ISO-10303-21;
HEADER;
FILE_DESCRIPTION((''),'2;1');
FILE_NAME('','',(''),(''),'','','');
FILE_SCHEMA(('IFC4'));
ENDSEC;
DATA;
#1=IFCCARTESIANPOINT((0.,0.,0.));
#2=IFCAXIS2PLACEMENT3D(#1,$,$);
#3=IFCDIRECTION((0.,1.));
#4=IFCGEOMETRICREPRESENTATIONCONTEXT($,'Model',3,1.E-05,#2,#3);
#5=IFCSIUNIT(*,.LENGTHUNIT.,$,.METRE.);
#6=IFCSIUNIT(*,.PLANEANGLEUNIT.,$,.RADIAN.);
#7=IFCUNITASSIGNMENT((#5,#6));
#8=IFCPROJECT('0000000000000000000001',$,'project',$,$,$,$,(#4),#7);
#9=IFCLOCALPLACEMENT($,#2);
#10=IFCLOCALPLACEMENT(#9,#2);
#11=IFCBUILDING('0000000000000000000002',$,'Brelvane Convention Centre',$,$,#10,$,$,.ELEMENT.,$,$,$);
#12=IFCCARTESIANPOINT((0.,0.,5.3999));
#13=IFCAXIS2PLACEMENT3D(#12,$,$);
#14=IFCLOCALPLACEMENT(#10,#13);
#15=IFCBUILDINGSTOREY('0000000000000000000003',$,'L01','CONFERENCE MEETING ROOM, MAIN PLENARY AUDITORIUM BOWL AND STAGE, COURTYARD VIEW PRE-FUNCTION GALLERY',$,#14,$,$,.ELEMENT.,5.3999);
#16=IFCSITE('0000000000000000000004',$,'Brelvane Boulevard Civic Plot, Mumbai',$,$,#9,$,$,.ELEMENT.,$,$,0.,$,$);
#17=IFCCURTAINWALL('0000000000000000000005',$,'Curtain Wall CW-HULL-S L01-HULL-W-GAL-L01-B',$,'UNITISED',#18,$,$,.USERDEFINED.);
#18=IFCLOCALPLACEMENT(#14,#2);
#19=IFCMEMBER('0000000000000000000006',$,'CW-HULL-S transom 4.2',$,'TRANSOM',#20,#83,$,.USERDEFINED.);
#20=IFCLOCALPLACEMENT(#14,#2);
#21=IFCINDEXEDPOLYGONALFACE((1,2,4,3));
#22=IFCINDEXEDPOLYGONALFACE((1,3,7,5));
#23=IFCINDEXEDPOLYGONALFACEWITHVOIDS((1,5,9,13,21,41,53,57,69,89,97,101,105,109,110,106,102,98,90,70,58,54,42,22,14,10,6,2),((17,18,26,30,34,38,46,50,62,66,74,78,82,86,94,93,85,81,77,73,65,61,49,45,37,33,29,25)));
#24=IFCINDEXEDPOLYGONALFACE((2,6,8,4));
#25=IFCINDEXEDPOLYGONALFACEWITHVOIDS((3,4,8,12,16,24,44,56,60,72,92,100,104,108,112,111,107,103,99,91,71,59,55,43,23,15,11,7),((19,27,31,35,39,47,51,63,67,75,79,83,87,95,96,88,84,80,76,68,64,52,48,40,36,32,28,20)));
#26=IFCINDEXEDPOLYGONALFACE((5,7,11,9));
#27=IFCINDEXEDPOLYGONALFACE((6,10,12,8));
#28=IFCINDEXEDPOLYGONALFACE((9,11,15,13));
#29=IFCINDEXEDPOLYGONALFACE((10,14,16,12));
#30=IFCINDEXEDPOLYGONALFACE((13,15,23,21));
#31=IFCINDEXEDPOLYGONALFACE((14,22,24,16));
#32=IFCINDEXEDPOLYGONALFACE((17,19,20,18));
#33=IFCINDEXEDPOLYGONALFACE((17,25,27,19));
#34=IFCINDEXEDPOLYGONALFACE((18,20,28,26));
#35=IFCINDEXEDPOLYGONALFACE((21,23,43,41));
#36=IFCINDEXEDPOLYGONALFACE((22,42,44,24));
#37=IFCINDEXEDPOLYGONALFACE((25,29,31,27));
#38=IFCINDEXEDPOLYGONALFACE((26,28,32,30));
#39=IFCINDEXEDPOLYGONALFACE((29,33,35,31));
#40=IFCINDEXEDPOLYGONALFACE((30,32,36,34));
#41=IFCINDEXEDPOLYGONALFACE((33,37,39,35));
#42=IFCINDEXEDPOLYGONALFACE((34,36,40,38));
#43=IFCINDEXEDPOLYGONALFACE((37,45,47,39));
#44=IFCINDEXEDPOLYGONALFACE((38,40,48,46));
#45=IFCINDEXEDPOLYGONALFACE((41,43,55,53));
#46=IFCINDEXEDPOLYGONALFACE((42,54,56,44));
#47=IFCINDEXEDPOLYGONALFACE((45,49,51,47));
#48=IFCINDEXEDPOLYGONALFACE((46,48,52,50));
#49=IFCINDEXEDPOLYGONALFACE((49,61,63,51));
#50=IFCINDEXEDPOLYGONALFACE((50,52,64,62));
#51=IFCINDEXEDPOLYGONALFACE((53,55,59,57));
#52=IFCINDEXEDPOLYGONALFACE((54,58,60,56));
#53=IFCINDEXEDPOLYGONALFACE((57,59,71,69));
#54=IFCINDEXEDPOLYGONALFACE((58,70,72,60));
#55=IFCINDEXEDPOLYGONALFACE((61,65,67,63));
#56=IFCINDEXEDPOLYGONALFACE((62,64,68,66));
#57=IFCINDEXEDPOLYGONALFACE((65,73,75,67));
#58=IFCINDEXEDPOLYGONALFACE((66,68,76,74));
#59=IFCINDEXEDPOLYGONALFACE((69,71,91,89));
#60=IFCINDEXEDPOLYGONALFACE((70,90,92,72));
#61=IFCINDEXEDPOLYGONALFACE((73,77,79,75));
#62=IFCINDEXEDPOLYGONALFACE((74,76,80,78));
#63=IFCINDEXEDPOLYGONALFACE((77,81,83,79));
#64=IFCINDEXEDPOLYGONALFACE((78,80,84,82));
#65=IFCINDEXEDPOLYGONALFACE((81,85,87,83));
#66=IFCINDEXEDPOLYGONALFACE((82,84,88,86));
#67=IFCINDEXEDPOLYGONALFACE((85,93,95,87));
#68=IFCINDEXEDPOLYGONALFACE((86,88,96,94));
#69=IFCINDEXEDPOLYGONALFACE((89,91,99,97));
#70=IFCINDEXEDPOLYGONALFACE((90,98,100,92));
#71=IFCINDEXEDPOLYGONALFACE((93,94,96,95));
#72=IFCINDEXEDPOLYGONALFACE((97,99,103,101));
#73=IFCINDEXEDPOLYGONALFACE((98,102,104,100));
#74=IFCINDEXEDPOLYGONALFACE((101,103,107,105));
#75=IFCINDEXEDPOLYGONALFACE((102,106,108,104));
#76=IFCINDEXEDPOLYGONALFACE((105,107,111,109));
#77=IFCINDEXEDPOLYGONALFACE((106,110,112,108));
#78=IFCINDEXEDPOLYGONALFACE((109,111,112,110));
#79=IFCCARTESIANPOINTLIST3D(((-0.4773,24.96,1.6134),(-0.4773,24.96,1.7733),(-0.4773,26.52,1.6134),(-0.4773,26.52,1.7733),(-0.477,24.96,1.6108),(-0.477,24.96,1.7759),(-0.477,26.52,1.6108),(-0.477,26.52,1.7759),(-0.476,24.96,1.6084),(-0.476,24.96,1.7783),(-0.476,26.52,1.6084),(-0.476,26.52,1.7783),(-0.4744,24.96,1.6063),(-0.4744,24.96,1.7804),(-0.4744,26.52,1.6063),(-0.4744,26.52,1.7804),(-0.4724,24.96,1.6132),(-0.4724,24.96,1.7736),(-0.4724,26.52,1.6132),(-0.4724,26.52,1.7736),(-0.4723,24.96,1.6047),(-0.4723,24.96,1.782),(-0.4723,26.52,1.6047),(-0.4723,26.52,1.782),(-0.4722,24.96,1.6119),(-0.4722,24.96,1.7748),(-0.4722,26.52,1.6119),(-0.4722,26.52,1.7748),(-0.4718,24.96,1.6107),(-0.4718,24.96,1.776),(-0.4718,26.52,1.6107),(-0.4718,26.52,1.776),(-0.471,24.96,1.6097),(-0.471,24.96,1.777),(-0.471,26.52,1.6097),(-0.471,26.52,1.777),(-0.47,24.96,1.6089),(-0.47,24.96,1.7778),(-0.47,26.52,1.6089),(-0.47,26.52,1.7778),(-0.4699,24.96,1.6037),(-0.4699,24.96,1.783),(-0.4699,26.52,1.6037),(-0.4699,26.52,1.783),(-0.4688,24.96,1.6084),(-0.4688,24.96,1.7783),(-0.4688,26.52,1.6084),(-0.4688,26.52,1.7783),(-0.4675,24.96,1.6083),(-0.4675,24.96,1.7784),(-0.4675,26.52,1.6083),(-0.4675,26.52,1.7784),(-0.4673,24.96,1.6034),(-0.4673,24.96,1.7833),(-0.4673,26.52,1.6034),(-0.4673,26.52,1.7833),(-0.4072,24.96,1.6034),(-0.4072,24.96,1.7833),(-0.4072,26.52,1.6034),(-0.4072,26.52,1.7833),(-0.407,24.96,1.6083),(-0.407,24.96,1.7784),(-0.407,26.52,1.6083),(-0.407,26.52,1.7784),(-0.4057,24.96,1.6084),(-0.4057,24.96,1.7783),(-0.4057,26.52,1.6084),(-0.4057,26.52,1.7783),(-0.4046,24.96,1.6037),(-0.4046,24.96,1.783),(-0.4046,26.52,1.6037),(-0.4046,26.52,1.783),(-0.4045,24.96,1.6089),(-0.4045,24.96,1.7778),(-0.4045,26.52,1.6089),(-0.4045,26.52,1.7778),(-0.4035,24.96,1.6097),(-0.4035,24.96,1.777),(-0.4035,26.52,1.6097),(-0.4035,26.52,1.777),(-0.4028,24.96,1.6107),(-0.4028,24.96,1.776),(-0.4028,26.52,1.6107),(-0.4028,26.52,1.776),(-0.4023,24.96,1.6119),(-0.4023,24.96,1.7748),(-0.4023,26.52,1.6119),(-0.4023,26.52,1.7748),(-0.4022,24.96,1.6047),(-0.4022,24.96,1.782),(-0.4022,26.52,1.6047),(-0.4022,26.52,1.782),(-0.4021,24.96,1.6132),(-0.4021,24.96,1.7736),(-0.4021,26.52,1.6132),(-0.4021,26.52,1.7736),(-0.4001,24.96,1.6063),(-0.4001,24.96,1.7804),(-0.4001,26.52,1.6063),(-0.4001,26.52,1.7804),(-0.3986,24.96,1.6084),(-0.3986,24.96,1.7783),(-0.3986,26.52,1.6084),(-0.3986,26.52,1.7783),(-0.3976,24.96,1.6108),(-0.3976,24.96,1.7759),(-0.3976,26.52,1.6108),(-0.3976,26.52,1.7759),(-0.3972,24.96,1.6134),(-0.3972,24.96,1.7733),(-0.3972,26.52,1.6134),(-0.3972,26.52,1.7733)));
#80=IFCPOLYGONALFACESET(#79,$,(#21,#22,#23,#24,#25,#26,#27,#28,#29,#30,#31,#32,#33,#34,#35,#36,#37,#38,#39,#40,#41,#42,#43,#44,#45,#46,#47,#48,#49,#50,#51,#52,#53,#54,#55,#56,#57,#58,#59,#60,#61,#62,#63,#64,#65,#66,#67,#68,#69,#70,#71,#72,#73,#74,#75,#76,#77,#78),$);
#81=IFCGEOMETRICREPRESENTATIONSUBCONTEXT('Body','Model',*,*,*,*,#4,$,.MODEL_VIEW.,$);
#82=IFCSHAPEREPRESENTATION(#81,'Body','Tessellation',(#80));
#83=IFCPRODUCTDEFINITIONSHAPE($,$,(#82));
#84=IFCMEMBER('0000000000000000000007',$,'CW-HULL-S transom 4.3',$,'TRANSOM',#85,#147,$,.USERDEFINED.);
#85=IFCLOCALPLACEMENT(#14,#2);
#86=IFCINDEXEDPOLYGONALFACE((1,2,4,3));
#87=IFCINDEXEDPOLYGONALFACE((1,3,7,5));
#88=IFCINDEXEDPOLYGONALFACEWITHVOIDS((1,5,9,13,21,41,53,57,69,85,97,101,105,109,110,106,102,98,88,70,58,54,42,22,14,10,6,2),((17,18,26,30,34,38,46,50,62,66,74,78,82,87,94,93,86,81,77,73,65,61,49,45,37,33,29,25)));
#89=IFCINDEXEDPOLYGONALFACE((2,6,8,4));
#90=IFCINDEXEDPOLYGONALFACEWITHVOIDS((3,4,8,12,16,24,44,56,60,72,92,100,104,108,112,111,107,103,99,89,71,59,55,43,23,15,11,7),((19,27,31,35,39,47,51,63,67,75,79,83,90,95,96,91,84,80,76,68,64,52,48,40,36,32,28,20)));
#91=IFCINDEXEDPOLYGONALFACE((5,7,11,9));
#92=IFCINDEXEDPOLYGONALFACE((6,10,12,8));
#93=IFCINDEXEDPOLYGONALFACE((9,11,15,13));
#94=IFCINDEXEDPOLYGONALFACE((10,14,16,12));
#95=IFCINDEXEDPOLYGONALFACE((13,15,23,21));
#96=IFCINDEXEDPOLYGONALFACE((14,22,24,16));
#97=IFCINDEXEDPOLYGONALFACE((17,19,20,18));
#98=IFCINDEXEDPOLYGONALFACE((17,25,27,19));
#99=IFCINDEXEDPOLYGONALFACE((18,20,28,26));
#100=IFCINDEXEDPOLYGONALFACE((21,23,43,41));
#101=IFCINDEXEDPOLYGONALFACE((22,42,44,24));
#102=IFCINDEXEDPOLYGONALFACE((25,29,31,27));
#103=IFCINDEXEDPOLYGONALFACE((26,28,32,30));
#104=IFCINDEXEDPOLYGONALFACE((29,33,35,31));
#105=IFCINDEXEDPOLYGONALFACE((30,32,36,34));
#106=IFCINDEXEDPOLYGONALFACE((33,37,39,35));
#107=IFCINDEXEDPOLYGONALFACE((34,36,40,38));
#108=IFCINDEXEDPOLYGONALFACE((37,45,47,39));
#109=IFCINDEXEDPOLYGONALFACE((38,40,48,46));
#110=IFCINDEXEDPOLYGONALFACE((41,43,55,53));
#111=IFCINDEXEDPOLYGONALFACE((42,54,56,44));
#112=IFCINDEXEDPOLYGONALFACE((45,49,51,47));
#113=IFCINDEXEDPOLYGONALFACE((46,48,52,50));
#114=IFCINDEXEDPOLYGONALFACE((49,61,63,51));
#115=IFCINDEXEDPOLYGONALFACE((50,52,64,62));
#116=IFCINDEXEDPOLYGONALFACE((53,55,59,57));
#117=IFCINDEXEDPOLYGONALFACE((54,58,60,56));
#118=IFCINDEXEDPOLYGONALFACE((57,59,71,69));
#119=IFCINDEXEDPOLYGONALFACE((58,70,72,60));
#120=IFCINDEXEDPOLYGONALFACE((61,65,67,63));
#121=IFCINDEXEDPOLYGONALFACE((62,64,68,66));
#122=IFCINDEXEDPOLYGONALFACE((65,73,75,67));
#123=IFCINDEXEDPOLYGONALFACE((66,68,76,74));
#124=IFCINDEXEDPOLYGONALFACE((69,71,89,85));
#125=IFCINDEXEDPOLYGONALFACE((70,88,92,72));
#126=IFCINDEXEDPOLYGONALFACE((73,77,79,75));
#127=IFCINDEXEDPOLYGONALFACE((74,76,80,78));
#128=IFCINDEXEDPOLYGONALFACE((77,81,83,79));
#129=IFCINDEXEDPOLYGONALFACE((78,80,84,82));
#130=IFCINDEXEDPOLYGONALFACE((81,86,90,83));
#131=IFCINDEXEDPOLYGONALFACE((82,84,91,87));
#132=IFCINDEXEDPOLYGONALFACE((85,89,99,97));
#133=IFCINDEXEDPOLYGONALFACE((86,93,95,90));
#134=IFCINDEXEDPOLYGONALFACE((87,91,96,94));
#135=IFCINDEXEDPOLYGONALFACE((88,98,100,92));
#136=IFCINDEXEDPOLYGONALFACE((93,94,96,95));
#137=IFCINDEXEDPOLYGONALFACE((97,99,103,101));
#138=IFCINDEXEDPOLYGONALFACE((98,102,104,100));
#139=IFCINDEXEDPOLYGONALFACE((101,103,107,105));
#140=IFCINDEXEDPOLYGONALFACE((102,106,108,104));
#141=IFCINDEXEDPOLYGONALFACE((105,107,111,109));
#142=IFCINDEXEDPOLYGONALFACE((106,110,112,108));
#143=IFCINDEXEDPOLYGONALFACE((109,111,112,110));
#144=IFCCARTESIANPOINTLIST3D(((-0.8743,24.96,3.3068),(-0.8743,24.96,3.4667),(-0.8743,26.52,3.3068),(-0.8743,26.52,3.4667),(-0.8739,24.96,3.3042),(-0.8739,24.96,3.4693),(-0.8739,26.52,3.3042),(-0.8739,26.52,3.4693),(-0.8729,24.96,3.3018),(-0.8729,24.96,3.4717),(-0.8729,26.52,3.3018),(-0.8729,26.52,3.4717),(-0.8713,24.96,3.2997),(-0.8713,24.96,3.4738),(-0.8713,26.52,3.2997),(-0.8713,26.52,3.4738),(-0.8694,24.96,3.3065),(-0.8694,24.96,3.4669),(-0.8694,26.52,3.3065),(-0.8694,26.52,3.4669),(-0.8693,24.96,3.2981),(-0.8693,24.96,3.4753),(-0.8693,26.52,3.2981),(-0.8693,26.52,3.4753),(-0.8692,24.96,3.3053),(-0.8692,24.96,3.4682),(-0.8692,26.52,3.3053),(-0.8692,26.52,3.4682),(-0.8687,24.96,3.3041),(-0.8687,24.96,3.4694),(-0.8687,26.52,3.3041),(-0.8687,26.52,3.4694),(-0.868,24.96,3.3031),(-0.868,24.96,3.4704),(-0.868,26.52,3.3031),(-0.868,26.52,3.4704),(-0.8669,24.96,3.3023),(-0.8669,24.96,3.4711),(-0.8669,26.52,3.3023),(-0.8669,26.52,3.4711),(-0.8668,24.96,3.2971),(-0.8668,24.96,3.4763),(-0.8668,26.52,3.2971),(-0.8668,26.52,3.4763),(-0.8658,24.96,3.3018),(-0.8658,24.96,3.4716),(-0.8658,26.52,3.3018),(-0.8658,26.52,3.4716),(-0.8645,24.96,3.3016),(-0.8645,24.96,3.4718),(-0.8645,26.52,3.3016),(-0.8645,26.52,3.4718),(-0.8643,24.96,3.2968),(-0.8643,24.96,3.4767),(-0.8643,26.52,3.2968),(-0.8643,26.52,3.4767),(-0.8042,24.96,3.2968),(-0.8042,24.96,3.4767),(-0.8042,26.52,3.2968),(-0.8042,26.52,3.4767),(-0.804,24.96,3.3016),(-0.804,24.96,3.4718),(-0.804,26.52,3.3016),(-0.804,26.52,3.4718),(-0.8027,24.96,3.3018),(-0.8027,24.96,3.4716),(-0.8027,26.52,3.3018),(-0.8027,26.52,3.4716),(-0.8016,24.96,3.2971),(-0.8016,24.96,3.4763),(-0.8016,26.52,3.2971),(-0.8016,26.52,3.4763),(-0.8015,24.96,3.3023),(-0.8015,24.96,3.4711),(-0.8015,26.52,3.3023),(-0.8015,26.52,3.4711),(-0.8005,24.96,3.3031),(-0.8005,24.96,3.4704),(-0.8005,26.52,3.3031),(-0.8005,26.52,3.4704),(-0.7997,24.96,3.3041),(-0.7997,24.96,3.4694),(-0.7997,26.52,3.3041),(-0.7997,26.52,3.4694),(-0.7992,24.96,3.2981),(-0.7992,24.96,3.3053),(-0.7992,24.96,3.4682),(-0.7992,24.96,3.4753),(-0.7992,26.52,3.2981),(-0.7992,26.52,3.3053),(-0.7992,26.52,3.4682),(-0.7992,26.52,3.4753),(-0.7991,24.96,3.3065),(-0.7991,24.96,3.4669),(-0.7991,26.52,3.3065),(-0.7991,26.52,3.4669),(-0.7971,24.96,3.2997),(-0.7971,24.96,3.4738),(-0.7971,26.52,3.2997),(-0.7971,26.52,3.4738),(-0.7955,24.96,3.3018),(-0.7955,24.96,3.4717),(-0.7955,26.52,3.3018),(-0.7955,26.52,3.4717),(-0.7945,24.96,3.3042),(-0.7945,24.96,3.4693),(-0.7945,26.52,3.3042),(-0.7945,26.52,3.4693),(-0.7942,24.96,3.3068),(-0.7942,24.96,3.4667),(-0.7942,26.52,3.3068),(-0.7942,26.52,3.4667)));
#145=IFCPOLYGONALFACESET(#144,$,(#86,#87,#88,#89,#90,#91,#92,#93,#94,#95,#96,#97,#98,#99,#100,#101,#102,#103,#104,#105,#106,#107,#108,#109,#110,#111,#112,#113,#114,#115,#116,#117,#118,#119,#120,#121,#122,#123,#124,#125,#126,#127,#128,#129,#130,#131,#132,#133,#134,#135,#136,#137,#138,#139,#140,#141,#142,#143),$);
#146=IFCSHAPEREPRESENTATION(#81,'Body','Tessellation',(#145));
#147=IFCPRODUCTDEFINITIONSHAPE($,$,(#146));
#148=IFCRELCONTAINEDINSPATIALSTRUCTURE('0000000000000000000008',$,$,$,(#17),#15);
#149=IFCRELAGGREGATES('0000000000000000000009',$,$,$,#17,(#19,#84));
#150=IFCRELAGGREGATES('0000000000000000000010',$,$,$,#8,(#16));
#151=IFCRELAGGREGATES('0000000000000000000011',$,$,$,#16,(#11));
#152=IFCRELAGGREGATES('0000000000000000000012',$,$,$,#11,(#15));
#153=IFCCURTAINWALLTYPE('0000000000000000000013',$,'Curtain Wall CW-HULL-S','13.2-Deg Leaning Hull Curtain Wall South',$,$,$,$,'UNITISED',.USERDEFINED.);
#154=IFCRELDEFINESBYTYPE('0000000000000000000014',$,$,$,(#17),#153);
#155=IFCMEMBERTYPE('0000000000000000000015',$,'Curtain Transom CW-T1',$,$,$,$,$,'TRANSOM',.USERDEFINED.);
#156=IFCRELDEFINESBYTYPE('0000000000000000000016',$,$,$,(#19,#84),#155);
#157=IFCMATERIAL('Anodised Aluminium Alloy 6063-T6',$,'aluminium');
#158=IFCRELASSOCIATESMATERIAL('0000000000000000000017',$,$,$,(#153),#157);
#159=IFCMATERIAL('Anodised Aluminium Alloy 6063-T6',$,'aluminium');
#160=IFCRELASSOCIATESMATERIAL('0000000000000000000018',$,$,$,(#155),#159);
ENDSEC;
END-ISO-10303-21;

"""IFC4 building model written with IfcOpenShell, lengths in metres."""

from ifc_helpers import new_model, si_unit, direction, frame, origin, origin_2d, place, context, subcontext, project, spatial, hollow_rectangle, extrude, material, material_profile, profile_set, type_object, element, aggregate, save


model = new_model("IFC4")

# Units and contexts
model_context = context("Model", 3, precision=1e-05, world=origin(), true_north=direction((0.0, 1.0)))
body_context = subcontext(model_context, "Body", "Model", "MODEL_VIEW")
ifc_project = project(units=[si_unit("LENGTHUNIT", "METRE"), si_unit("PLANEANGLEUNIT", "RADIAN")], contexts=[model_context])

# Site, building, storey
site_placement = place(None, origin())
site = spatial("IfcSite", under=ifc_project, at=site_placement, Name="Brelvane Boulevard Civic Plot, Mumbai", CompositionType="ELEMENT", RefElevation=0.0)
building_placement = place(site_placement, origin())
building = spatial("IfcBuilding", under=site, at=building_placement, Name="Brelvane Convention Centre", CompositionType="ELEMENT")
storey_placement = place(building_placement, frame((0.0, 0.0, 5.3999)))
storey = spatial("IfcBuildingStorey", under=building, at=storey_placement, Name="L01", Description="CONFERENCE MEETING ROOM, MAIN PLENARY AUDITORIUM BOWL AND STAGE, COURTYARD VIEW PRE-FUNCTION GALLERY", CompositionType="ELEMENT", Elevation=5.3999)

# Curtain wall
ifc_material_1 = material(Name="Anodised Aluminium Alloy 6063-T6", Category="aluminium")
curtain_wall_type = type_object("IfcCurtainWallType", Name="Curtain Wall CW-HULL-S", Description="13.2-Deg Leaning Hull Curtain Wall South", ElementType="UNITISED", PredefinedType="USERDEFINED", material=ifc_material_1)
curtain_wall_1_placement = place(storey_placement, origin())
curtain_wall_1 = element("IfcCurtainWall", 1, at=curtain_wall_1_placement, inside=storey, type_object=curtain_wall_type, Name="Curtain Wall CW-HULL-S L01-HULL-W-GAL-L01-B", ObjectType="UNITISED", PredefinedType="USERDEFINED")

# Members
ifc_material_2 = material(Name="Anodised Aluminium Alloy 6063-T6", Category="aluminium")
ifc_material_profile_1 = material_profile(ifc_material_2, hollow_rectangle(XDim=0.0801, YDim=0.1799, WallThickness=0.0049, InnerFilletRadius=0.0049, OuterFilletRadius=0.01, at=origin_2d()), Name="ALU-T 180x80x5.0")
ifc_profile_set_1 = profile_set([ifc_material_profile_1], Name="Anodised Aluminium Alloy 6063-T6")
member_type_1 = type_object("IfcMemberType", Name="Curtain Transom CW-T1", ElementType="TRANSOM", PredefinedType="USERDEFINED", material=ifc_profile_set_1)
member_1_placement = place(storey_placement, frame((-0.4373, 24.96, 1.6934), z_axis=(0.0, 1.0, 0.0), x_axis=(-1.0, 0.0, 0.0)))
member_1 = element("IfcMember", 2, at=member_1_placement, type_object=member_type_1, Name="CW-HULL-S transom 4.2", ObjectType="TRANSOM", PredefinedType="USERDEFINED", context=body_context, shape_type="SweptSolid", body=[
    extrude(hollow_rectangle(XDim=0.0801, YDim=0.1799, WallThickness=0.0049, InnerFilletRadius=0.0049, OuterFilletRadius=0.01, at=origin_2d()), origin(), (0.0, 0.0, 1.0), 1.5601),
])
member_2_placement = place(storey_placement, frame((-0.8342, 24.96, 3.3867), z_axis=(0.0, 1.0, 0.0), x_axis=(-1.0, 0.0, 0.0)))
member_2 = element("IfcMember", 3, at=member_2_placement, type_object=member_type_1, Name="CW-HULL-S transom 4.3", ObjectType="TRANSOM", PredefinedType="USERDEFINED", context=body_context, shape_type="SweptSolid", body=[
    extrude(hollow_rectangle(XDim=0.0801, YDim=0.1799, WallThickness=0.0049, InnerFilletRadius=0.0049, OuterFilletRadius=0.01, at=origin_2d()), origin(), (0.0, 0.0, 1.0), 1.5601),
])

aggregate(curtain_wall_1, [member_1, member_2])

save(model, "model.ifc")
